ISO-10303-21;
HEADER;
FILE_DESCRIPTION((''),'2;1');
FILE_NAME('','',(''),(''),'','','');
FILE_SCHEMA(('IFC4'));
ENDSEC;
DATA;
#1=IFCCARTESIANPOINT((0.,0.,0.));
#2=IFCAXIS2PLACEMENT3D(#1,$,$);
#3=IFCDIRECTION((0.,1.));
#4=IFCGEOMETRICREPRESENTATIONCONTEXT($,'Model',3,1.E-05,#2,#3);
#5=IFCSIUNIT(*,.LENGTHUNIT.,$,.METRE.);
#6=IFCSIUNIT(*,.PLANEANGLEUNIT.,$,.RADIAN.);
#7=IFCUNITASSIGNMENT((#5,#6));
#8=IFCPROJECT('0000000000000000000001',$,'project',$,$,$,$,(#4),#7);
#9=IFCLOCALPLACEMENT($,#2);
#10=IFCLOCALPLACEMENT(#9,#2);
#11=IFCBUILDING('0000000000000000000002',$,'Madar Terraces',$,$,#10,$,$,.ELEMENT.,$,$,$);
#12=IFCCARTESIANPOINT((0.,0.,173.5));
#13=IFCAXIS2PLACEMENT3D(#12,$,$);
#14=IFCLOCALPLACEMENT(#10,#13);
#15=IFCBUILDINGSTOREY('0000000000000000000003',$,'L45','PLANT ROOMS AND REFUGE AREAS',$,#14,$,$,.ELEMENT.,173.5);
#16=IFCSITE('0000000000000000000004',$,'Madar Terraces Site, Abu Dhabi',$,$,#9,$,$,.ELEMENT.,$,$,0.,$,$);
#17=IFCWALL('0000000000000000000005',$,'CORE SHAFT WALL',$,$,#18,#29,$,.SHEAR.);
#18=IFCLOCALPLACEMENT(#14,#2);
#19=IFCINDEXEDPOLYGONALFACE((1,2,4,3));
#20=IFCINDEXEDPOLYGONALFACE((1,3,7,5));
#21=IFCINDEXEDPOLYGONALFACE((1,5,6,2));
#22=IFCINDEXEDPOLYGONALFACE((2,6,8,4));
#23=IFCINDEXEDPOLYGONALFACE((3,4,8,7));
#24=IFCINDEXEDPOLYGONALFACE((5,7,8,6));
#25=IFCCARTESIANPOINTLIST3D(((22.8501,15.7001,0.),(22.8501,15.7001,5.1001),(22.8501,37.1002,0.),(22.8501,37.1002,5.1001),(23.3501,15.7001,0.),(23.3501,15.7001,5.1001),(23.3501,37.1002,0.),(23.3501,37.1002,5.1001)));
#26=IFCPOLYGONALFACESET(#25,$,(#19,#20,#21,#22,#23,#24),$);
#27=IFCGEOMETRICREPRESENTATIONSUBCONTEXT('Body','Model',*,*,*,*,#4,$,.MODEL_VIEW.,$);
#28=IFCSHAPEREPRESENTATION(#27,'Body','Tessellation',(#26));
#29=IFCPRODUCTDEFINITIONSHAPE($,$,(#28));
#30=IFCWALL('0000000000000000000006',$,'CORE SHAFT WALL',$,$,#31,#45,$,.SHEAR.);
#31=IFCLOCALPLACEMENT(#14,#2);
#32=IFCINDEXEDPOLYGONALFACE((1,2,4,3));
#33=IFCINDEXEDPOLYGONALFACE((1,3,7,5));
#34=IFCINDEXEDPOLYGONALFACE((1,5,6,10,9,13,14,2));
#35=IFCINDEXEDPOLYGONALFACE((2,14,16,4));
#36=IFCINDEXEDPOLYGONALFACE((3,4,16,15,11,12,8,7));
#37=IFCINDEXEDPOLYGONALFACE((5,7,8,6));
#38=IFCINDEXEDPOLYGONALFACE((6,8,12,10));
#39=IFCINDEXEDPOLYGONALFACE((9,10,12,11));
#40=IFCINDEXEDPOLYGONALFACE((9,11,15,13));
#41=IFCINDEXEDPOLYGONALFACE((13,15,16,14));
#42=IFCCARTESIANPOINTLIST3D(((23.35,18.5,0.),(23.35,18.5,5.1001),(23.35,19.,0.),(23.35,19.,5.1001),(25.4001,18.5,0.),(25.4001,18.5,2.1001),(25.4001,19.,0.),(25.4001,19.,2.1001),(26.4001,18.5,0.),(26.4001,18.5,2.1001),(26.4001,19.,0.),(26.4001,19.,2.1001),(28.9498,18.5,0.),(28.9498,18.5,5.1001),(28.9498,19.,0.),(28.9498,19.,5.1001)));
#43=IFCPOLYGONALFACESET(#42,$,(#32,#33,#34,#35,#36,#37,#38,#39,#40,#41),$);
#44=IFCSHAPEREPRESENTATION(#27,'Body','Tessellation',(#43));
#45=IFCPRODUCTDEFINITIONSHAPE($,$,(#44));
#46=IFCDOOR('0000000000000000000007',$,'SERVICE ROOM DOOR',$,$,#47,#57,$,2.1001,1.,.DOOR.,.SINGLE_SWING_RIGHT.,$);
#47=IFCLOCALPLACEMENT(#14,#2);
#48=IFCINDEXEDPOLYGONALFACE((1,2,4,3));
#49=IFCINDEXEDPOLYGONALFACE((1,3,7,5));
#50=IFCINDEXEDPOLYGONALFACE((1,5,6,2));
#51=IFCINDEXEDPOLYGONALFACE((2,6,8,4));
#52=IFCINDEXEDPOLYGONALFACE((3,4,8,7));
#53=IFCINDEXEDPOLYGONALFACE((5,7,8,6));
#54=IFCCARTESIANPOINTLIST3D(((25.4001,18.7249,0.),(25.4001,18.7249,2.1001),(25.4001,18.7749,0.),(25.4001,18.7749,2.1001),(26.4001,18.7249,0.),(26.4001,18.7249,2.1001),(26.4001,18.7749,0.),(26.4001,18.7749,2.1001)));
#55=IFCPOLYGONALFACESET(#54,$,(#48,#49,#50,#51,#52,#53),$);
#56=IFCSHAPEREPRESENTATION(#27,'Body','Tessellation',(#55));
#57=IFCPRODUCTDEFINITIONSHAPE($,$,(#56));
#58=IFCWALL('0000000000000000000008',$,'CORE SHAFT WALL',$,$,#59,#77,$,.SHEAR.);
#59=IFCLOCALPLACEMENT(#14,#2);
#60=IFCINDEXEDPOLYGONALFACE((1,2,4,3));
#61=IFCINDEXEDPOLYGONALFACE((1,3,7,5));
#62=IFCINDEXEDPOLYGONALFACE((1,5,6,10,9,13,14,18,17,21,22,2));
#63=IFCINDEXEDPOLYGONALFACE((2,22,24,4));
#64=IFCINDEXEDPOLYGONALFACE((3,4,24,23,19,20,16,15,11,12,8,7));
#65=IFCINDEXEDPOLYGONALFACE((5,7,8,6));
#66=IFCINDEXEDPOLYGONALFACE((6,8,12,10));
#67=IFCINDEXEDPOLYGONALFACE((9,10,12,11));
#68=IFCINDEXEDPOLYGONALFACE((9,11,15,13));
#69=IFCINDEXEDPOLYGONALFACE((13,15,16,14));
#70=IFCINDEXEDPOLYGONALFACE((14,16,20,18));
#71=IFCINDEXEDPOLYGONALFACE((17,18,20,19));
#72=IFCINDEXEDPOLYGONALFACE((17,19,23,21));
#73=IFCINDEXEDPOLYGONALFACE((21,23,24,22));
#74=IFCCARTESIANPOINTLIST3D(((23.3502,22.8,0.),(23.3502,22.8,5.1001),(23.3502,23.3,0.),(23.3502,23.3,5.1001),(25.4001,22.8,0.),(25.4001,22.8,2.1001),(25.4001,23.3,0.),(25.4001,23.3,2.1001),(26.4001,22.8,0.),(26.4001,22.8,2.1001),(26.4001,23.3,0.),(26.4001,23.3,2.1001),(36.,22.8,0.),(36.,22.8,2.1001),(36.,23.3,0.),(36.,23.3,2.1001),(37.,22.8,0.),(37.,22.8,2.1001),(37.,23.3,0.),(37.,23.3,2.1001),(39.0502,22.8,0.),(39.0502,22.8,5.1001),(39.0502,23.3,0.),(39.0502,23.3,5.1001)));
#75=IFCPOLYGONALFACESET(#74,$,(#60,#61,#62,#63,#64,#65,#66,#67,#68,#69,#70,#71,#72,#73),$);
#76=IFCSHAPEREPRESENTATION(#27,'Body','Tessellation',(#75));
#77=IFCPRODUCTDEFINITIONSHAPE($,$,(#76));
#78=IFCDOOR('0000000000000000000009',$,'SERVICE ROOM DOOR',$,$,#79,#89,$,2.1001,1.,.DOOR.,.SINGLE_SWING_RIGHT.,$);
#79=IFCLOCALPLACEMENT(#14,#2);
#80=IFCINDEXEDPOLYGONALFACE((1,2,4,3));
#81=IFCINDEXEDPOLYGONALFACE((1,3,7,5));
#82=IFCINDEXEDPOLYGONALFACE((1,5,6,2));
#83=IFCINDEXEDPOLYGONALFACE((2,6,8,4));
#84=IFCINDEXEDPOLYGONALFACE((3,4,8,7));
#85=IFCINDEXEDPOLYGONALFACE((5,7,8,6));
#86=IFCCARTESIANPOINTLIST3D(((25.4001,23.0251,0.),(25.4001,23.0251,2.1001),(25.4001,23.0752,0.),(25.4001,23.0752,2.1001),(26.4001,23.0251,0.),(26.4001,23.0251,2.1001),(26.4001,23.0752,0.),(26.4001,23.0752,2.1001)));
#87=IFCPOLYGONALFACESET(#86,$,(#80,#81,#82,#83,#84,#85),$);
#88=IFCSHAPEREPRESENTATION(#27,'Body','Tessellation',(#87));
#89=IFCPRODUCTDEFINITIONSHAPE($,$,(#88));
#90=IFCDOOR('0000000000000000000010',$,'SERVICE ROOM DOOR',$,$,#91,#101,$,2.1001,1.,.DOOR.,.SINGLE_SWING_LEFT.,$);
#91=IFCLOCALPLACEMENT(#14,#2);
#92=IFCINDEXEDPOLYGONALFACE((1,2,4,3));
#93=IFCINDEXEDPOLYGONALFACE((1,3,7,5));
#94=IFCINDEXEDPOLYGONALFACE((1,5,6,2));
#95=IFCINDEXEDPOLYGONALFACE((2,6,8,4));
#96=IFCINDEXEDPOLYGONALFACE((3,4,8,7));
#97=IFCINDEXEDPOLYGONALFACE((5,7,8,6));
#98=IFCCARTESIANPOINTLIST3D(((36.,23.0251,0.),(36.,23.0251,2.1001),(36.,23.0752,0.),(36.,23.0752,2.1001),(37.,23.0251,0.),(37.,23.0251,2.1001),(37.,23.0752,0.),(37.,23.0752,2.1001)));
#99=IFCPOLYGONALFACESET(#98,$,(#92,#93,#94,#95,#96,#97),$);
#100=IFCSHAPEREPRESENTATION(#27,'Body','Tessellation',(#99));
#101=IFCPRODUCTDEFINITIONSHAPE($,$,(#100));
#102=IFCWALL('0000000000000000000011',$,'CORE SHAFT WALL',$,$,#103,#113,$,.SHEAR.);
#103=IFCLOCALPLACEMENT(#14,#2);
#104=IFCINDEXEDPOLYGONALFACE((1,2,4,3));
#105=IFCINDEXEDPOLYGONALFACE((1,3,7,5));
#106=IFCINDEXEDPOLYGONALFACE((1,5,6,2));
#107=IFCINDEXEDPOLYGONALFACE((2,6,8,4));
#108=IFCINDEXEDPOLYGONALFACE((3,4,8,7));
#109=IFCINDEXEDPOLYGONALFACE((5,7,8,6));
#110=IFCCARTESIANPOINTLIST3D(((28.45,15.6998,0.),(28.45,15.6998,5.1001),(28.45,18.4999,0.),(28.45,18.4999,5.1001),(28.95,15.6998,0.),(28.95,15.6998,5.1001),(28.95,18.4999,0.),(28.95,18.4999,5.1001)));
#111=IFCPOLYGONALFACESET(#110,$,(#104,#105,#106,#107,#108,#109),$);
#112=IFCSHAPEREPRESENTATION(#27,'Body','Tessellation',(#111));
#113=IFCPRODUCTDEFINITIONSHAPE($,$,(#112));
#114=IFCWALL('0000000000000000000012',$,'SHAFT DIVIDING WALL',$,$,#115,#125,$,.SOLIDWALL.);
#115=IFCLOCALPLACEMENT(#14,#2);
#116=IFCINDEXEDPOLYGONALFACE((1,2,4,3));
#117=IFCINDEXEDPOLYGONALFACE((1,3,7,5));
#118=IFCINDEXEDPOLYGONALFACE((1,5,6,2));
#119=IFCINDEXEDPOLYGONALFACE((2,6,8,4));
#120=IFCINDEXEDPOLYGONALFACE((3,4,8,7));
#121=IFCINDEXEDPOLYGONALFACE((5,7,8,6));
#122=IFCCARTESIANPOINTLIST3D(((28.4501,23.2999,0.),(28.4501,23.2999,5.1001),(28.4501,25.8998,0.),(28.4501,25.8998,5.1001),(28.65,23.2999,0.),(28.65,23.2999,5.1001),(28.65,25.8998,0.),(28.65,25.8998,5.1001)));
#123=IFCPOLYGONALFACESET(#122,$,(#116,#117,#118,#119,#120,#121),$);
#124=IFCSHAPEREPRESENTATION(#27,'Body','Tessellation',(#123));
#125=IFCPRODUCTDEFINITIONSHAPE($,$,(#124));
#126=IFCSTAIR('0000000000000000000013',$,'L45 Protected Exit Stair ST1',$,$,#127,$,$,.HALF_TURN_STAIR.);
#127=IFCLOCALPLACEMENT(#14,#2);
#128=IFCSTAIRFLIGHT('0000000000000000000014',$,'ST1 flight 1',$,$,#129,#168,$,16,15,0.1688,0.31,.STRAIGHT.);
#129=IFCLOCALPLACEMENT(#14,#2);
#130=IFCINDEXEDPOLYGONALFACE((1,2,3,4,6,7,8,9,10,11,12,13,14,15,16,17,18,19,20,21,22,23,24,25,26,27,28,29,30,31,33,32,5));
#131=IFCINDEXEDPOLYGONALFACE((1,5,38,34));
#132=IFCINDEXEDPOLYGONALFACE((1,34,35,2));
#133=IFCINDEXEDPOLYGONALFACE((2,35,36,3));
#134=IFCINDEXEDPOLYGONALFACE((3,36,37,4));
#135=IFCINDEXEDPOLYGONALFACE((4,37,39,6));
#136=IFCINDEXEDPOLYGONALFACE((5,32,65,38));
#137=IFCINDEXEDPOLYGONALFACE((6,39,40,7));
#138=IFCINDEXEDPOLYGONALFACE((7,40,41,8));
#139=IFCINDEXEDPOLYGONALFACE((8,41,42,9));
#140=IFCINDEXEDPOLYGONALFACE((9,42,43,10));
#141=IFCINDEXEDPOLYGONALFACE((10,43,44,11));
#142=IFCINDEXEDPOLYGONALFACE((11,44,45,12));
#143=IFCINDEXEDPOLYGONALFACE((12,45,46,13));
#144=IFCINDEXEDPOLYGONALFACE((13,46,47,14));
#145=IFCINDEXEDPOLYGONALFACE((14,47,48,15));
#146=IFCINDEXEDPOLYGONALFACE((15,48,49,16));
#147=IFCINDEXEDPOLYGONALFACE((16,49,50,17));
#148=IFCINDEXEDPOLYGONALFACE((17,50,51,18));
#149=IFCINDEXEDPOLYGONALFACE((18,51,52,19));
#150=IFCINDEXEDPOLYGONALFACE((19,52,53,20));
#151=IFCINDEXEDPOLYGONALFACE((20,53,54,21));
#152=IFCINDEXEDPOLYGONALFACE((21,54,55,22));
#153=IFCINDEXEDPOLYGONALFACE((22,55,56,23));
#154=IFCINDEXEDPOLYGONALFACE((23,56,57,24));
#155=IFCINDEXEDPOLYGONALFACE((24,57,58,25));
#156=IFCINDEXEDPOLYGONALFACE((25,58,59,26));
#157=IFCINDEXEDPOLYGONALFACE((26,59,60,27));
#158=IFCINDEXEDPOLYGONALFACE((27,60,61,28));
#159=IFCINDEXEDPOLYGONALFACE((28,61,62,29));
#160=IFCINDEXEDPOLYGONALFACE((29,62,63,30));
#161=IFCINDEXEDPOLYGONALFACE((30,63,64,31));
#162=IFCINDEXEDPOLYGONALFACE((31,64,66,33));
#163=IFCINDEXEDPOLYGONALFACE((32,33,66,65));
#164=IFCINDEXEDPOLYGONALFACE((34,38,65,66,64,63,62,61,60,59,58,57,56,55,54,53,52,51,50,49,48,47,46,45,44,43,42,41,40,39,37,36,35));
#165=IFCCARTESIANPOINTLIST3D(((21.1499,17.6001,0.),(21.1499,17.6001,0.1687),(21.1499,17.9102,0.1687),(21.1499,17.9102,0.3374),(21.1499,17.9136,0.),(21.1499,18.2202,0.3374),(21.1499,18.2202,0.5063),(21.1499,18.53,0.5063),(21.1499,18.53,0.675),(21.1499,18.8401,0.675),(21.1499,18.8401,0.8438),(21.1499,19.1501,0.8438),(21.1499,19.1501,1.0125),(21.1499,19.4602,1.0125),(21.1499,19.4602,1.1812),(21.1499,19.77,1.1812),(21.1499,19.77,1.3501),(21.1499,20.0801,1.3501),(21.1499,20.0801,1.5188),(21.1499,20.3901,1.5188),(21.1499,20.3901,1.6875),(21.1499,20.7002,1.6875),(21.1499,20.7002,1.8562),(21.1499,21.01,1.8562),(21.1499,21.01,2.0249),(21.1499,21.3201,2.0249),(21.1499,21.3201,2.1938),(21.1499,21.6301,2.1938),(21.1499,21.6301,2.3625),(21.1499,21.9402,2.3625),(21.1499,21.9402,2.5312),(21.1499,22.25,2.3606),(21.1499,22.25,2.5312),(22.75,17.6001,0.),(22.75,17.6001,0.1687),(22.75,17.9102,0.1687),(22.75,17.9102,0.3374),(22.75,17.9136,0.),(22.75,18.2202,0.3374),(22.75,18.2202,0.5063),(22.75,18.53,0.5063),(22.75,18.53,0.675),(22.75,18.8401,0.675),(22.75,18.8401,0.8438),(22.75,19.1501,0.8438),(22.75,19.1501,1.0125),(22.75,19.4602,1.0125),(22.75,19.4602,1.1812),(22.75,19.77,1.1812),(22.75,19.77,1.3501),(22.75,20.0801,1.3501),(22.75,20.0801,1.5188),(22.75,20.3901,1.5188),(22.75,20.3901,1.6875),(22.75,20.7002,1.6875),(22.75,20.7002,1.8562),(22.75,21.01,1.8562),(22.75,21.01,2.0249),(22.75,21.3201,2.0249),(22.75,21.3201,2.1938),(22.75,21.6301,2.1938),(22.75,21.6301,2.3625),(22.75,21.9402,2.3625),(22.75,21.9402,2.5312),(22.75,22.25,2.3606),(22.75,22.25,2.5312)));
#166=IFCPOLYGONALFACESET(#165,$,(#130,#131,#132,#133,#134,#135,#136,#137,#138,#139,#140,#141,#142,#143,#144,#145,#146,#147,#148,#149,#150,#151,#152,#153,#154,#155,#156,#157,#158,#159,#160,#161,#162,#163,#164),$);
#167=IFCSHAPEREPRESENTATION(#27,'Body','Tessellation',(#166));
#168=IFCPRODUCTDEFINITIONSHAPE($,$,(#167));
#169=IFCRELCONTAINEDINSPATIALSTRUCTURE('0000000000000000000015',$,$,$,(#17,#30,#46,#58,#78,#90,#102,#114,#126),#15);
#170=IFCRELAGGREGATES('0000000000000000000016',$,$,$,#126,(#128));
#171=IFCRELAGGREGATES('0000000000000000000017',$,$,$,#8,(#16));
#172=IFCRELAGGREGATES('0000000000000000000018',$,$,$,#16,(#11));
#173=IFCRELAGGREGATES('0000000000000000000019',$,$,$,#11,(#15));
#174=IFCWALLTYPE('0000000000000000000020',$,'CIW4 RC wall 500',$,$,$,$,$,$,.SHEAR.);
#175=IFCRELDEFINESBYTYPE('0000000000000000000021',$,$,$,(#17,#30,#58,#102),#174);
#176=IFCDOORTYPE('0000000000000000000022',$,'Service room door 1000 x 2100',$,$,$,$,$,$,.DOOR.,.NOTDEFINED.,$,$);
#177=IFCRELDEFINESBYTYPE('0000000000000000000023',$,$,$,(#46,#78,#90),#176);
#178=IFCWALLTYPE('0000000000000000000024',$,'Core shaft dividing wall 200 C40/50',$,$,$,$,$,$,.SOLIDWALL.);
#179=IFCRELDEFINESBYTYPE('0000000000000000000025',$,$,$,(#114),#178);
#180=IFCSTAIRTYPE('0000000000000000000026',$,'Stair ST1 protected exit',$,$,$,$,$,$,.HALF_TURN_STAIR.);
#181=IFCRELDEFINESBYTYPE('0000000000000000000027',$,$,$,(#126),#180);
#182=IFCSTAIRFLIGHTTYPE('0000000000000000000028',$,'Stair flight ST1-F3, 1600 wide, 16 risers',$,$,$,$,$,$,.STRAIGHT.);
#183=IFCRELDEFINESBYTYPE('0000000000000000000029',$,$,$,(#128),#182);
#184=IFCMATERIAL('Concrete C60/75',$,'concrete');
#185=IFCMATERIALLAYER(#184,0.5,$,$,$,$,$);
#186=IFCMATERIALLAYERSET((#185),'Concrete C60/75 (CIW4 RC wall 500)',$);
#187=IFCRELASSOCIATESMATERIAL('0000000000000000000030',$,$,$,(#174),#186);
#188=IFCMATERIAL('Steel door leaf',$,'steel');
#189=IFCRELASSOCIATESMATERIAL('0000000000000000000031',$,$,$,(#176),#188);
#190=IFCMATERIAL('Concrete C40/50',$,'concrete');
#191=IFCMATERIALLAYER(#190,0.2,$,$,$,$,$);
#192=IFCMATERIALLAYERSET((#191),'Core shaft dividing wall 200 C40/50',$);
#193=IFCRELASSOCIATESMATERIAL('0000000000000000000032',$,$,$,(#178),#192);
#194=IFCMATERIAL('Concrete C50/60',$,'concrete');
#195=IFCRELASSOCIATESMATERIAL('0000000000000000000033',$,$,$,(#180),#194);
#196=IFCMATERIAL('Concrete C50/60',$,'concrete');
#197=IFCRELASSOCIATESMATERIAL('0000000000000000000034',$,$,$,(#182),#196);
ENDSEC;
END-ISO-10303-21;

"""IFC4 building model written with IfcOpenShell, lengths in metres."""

from ifc_helpers import new_model, si_unit, direction, frame, frame_2d, origin, place, context, subcontext, project, spatial, polyline, rectangle, outline, extrude, material, layer, layer_set, type_object, element, fill, aggregate, save


model = new_model("IFC4")

# Units and contexts
model_context = context("Model", 3, precision=1e-05, world=origin(), true_north=direction((0.0, 1.0)))
body_context = subcontext(model_context, "Body", "Model", "MODEL_VIEW")
ifc_project = project(units=[si_unit("LENGTHUNIT", "METRE"), si_unit("PLANEANGLEUNIT", "RADIAN")], contexts=[model_context])

# Site, building, storey
site_placement = place(None, origin())
site = spatial("IfcSite", under=ifc_project, at=site_placement, Name="Madar Terraces Site, Abu Dhabi", CompositionType="ELEMENT", RefElevation=0.0)
building_placement = place(site_placement, origin())
building = spatial("IfcBuilding", under=site, at=building_placement, Name="Madar Terraces", CompositionType="ELEMENT")
storey_placement = place(building_placement, frame((0.0, 0.0, 173.5)))
storey = spatial("IfcBuildingStorey", under=building, at=storey_placement, Name="L45", Description="PLANT ROOMS AND REFUGE AREAS", CompositionType="ELEMENT", Elevation=173.5)

# Wall
ifc_material_1 = material(Name="Concrete C60/75", Category="concrete")
ifc_layer_1 = layer(ifc_material_1, 0.5)
ifc_layer_set_1 = layer_set([ifc_layer_1], Name="Concrete C60/75 (CIW4 RC wall 500)")
wall_type_1 = type_object("IfcWallType", Name="CIW4 RC wall 500", PredefinedType="SHEAR", material=ifc_layer_set_1)
wall_1_placement = place(storey_placement, frame((23.1001, 15.7, 0.0), z_axis=(0.0, 0.0, 1.0), x_axis=(0.0, 1.0, 0.0)))
element("IfcWall", 1, at=wall_1_placement, inside=storey, type_object=wall_type_1, Name="CORE SHAFT WALL", PredefinedType="SHEAR", context=body_context, shape_type="SweptSolid", body=[
    extrude(rectangle(XDim=21.4001, YDim=0.5, at=frame_2d((10.7002, 0.0))), origin(), (0.0, 0.0, 1.0), 5.1001),
])

# Wall, opening, door
wall_2_placement = place(storey_placement, frame((23.3501, 18.75, 0.0), z_axis=(0.0, 0.0, 1.0), x_axis=(1.0, 0.0, 0.0)))
wall_2 = element("IfcWall", 2, at=wall_2_placement, inside=storey, type_object=wall_type_1, Name="CORE SHAFT WALL", PredefinedType="SHEAR", context=body_context, shape_type="SweptSolid", body=[
    extrude(rectangle(XDim=5.5999, YDim=0.5, at=frame_2d((2.7998, 0.0))), origin(), (0.0, 0.0, 1.0), 5.1001),
])
opening_1_placement = place(wall_2_placement, frame((2.05, 0.0, 0.0)))
opening_1 = element("IfcOpeningElement", 3, at=opening_1_placement, cuts=wall_2, PredefinedType="OPENING", context=body_context, shape_type="SweptSolid", body=[
    extrude(rectangle(XDim=1.0, YDim=2.1001, at=frame_2d((0.5, 1.05))), frame((0.0, 0.26, 0.0), z_axis=(0.0, -1.0, 0.0), x_axis=(1.0, 0.0, 0.0)), (0.0, 0.0, 1.0), 0.52),
])
ifc_material_2 = material(Name="Steel door leaf", Category="steel")
door_type = type_object("IfcDoorType", Name="Service room door 1000 x 2100", OperationType="NOTDEFINED", PredefinedType="DOOR", material=ifc_material_2)
door_1_placement = place(opening_1_placement, origin())
door_1 = element("IfcDoor", 4, at=door_1_placement, inside=storey, type_object=door_type, Name="SERVICE ROOM DOOR", OperationType="SINGLE_SWING_RIGHT", OverallHeight=2.1001, OverallWidth=1.0, PredefinedType="DOOR", context=body_context, shape_type="SweptSolid", body=[
    extrude(rectangle(XDim=1.0, YDim=2.1001, at=frame_2d((0.5, 1.05))), frame((0.0, 0.0249, 0.0), z_axis=(0.0, -1.0, 0.0), x_axis=(1.0, 0.0, 0.0)), (0.0, 0.0, 1.0), 0.05),
])
fill(opening_1, door_1)

# Wall, openings, doors
wall_3_placement = place(storey_placement, frame((23.3501, 23.05, 0.0), z_axis=(0.0, 0.0, 1.0), x_axis=(1.0, 0.0, 0.0)))
wall_3 = element("IfcWall", 5, at=wall_3_placement, inside=storey, type_object=wall_type_1, Name="CORE SHAFT WALL", PredefinedType="SHEAR", context=body_context, shape_type="SweptSolid", body=[
    extrude(rectangle(XDim=15.7, YDim=0.5, at=frame_2d((7.8501, 0.0))), origin(), (0.0, 0.0, 1.0), 5.1001),
])
opening_2_placement = place(wall_3_placement, frame((2.05, 0.0, 0.0)))
opening_2 = element("IfcOpeningElement", 6, at=opening_2_placement, cuts=wall_3, PredefinedType="OPENING", context=body_context, shape_type="SweptSolid", body=[
    extrude(rectangle(XDim=1.0, YDim=2.1001, at=frame_2d((0.5, 1.05))), frame((0.0, 0.26, 0.0), z_axis=(0.0, -1.0, 0.0), x_axis=(1.0, 0.0, 0.0)), (0.0, 0.0, 1.0), 0.52),
])
opening_3_placement = place(wall_3_placement, frame((12.6499, 0.0, 0.0)))
opening_3 = element("IfcOpeningElement", 7, at=opening_3_placement, cuts=wall_3, PredefinedType="OPENING", context=body_context, shape_type="SweptSolid", body=[
    extrude(rectangle(XDim=1.0, YDim=2.1001, at=frame_2d((0.5, 1.05))), frame((0.0, 0.26, 0.0), z_axis=(0.0, -1.0, 0.0), x_axis=(1.0, 0.0, 0.0)), (0.0, 0.0, 1.0), 0.52),
])
door_2_placement = place(opening_2_placement, frame((1.0, 0.0, 0.0), z_axis=(0.0, 0.0, 1.0), x_axis=(-1.0, 0.0, 0.0)))
door_2 = element("IfcDoor", 8, at=door_2_placement, inside=storey, type_object=door_type, Name="SERVICE ROOM DOOR", OperationType="SINGLE_SWING_RIGHT", OverallHeight=2.1001, OverallWidth=1.0, PredefinedType="DOOR", context=body_context, shape_type="SweptSolid", body=[
    extrude(rectangle(XDim=1.0, YDim=2.1001, at=frame_2d((0.5, 1.05))), frame((0.0, 0.0249, 0.0), z_axis=(0.0, -1.0, 0.0), x_axis=(1.0, 0.0, 0.0)), (0.0, 0.0, 1.0), 0.05),
])
fill(opening_2, door_2)
door_3_placement = place(opening_3_placement, frame((1.0, 0.0, 0.0), z_axis=(0.0, 0.0, 1.0), x_axis=(-1.0, 0.0, 0.0)))
door_3 = element("IfcDoor", 9, at=door_3_placement, inside=storey, type_object=door_type, Name="SERVICE ROOM DOOR", OperationType="SINGLE_SWING_LEFT", OverallHeight=2.1001, OverallWidth=1.0, PredefinedType="DOOR", context=body_context, shape_type="SweptSolid", body=[
    extrude(rectangle(XDim=1.0, YDim=2.1001, at=frame_2d((0.5, 1.05))), frame((0.0, 0.0249, 0.0), z_axis=(0.0, -1.0, 0.0), x_axis=(1.0, 0.0, 0.0)), (0.0, 0.0, 1.0), 0.05),
])
fill(opening_3, door_3)

# Walls
wall_4_placement = place(storey_placement, frame((28.7, 15.7, 0.0), z_axis=(0.0, 0.0, 1.0), x_axis=(0.0, 1.0, 0.0)))
element("IfcWall", 10, at=wall_4_placement, inside=storey, type_object=wall_type_1, Name="CORE SHAFT WALL", PredefinedType="SHEAR", context=body_context, shape_type="SweptSolid", body=[
    extrude(rectangle(XDim=2.8, YDim=0.5, at=frame_2d((1.3999, 0.0))), origin(), (0.0, 0.0, 1.0), 5.1001),
])
ifc_material_3 = material(Name="Concrete C40/50", Category="concrete")
ifc_layer_2 = layer(ifc_material_3, 0.2)
ifc_layer_set_2 = layer_set([ifc_layer_2], Name="Core shaft dividing wall 200 C40/50")
wall_type_2 = type_object("IfcWallType", Name="Core shaft dividing wall 200 C40/50", PredefinedType="SOLIDWALL", material=ifc_layer_set_2)
wall_5_placement = place(storey_placement, frame((28.55, 23.3, 0.0), z_axis=(0.0, 0.0, 1.0), x_axis=(0.0, 1.0, 0.0)))
element("IfcWall", 11, at=wall_5_placement, inside=storey, type_object=wall_type_2, Name="SHAFT DIVIDING WALL", PredefinedType="SOLIDWALL", context=body_context, shape_type="SweptSolid", body=[
    extrude(rectangle(XDim=2.5999, YDim=0.2, at=frame_2d((1.2998, 0.0))), origin(), (0.0, 0.0, 1.0), 5.1001),
])

# Stair, stair flight
ifc_material_4 = material(Name="Concrete C50/60", Category="concrete")
stair_type = type_object("IfcStairType", Name="Stair ST1 protected exit", PredefinedType="HALF_TURN_STAIR", material=ifc_material_4)
stair_placement = place(storey_placement, origin())
stair = element("IfcStair", 12, at=stair_placement, inside=storey, type_object=stair_type, Name="L45 Protected Exit Stair ST1", PredefinedType="HALF_TURN_STAIR")
ifc_material_5 = material(Name="Concrete C50/60", Category="concrete")
stair_flight_type = type_object("IfcStairFlightType", Name="Stair flight ST1-F3, 1600 wide, 16 risers", PredefinedType="STRAIGHT", material=ifc_material_5)
stair_flight_placement = place(storey_placement, frame((21.95, 17.6001, 0.0), z_axis=(0.0, 0.0, 1.0), x_axis=(0.0, 1.0, 0.0)))
stair_flight = element("IfcStairFlight", 13, at=stair_flight_placement, type_object=stair_flight_type, Name="ST1 flight 1", NumberOfRisers=16, NumberOfTreads=15, PredefinedType="STRAIGHT", RiserHeight=0.1688, TreadLength=0.31, context=body_context, shape_type="SweptSolid", body=[
    extrude(outline(polyline([(0.0, 0.0), (0.0, 0.1687), (0.3101, 0.1687), (0.3101, 0.3374), (0.6201, 0.3374), (0.6201, 0.5063), (0.9299, 0.5063), (0.9299, 0.675), (1.24, 0.675), (1.24, 0.8438), (1.55, 0.8438), (1.55, 1.0125), (1.8601, 1.0125), (1.8601, 1.1812), (2.1699, 1.1812), (2.1699, 1.3501), (2.48, 1.3501), (2.48, 1.5188), (2.79, 1.5188), (2.79, 1.6875), (3.1001, 1.6875), (3.1001, 1.8562), (3.4099, 1.8562), (3.4099, 2.0249), (3.72, 2.0249), (3.72, 2.1938), (4.03, 2.1938), (4.03, 2.3625), (4.3401, 2.3625), (4.3401, 2.5312), (4.6499, 2.5312), (4.6499, 2.7), (4.6499, 2.3606), (0.3135, 0.0), (0.0, 0.0)])), frame((0.0, 0.8, 0.0), z_axis=(0.0, -1.0, 0.0), x_axis=(1.0, 0.0, 0.0)), (0.0, 0.0, 1.0), 1.6001),
])
aggregate(stair, [stair_flight])

save(model, "model.ifc")
